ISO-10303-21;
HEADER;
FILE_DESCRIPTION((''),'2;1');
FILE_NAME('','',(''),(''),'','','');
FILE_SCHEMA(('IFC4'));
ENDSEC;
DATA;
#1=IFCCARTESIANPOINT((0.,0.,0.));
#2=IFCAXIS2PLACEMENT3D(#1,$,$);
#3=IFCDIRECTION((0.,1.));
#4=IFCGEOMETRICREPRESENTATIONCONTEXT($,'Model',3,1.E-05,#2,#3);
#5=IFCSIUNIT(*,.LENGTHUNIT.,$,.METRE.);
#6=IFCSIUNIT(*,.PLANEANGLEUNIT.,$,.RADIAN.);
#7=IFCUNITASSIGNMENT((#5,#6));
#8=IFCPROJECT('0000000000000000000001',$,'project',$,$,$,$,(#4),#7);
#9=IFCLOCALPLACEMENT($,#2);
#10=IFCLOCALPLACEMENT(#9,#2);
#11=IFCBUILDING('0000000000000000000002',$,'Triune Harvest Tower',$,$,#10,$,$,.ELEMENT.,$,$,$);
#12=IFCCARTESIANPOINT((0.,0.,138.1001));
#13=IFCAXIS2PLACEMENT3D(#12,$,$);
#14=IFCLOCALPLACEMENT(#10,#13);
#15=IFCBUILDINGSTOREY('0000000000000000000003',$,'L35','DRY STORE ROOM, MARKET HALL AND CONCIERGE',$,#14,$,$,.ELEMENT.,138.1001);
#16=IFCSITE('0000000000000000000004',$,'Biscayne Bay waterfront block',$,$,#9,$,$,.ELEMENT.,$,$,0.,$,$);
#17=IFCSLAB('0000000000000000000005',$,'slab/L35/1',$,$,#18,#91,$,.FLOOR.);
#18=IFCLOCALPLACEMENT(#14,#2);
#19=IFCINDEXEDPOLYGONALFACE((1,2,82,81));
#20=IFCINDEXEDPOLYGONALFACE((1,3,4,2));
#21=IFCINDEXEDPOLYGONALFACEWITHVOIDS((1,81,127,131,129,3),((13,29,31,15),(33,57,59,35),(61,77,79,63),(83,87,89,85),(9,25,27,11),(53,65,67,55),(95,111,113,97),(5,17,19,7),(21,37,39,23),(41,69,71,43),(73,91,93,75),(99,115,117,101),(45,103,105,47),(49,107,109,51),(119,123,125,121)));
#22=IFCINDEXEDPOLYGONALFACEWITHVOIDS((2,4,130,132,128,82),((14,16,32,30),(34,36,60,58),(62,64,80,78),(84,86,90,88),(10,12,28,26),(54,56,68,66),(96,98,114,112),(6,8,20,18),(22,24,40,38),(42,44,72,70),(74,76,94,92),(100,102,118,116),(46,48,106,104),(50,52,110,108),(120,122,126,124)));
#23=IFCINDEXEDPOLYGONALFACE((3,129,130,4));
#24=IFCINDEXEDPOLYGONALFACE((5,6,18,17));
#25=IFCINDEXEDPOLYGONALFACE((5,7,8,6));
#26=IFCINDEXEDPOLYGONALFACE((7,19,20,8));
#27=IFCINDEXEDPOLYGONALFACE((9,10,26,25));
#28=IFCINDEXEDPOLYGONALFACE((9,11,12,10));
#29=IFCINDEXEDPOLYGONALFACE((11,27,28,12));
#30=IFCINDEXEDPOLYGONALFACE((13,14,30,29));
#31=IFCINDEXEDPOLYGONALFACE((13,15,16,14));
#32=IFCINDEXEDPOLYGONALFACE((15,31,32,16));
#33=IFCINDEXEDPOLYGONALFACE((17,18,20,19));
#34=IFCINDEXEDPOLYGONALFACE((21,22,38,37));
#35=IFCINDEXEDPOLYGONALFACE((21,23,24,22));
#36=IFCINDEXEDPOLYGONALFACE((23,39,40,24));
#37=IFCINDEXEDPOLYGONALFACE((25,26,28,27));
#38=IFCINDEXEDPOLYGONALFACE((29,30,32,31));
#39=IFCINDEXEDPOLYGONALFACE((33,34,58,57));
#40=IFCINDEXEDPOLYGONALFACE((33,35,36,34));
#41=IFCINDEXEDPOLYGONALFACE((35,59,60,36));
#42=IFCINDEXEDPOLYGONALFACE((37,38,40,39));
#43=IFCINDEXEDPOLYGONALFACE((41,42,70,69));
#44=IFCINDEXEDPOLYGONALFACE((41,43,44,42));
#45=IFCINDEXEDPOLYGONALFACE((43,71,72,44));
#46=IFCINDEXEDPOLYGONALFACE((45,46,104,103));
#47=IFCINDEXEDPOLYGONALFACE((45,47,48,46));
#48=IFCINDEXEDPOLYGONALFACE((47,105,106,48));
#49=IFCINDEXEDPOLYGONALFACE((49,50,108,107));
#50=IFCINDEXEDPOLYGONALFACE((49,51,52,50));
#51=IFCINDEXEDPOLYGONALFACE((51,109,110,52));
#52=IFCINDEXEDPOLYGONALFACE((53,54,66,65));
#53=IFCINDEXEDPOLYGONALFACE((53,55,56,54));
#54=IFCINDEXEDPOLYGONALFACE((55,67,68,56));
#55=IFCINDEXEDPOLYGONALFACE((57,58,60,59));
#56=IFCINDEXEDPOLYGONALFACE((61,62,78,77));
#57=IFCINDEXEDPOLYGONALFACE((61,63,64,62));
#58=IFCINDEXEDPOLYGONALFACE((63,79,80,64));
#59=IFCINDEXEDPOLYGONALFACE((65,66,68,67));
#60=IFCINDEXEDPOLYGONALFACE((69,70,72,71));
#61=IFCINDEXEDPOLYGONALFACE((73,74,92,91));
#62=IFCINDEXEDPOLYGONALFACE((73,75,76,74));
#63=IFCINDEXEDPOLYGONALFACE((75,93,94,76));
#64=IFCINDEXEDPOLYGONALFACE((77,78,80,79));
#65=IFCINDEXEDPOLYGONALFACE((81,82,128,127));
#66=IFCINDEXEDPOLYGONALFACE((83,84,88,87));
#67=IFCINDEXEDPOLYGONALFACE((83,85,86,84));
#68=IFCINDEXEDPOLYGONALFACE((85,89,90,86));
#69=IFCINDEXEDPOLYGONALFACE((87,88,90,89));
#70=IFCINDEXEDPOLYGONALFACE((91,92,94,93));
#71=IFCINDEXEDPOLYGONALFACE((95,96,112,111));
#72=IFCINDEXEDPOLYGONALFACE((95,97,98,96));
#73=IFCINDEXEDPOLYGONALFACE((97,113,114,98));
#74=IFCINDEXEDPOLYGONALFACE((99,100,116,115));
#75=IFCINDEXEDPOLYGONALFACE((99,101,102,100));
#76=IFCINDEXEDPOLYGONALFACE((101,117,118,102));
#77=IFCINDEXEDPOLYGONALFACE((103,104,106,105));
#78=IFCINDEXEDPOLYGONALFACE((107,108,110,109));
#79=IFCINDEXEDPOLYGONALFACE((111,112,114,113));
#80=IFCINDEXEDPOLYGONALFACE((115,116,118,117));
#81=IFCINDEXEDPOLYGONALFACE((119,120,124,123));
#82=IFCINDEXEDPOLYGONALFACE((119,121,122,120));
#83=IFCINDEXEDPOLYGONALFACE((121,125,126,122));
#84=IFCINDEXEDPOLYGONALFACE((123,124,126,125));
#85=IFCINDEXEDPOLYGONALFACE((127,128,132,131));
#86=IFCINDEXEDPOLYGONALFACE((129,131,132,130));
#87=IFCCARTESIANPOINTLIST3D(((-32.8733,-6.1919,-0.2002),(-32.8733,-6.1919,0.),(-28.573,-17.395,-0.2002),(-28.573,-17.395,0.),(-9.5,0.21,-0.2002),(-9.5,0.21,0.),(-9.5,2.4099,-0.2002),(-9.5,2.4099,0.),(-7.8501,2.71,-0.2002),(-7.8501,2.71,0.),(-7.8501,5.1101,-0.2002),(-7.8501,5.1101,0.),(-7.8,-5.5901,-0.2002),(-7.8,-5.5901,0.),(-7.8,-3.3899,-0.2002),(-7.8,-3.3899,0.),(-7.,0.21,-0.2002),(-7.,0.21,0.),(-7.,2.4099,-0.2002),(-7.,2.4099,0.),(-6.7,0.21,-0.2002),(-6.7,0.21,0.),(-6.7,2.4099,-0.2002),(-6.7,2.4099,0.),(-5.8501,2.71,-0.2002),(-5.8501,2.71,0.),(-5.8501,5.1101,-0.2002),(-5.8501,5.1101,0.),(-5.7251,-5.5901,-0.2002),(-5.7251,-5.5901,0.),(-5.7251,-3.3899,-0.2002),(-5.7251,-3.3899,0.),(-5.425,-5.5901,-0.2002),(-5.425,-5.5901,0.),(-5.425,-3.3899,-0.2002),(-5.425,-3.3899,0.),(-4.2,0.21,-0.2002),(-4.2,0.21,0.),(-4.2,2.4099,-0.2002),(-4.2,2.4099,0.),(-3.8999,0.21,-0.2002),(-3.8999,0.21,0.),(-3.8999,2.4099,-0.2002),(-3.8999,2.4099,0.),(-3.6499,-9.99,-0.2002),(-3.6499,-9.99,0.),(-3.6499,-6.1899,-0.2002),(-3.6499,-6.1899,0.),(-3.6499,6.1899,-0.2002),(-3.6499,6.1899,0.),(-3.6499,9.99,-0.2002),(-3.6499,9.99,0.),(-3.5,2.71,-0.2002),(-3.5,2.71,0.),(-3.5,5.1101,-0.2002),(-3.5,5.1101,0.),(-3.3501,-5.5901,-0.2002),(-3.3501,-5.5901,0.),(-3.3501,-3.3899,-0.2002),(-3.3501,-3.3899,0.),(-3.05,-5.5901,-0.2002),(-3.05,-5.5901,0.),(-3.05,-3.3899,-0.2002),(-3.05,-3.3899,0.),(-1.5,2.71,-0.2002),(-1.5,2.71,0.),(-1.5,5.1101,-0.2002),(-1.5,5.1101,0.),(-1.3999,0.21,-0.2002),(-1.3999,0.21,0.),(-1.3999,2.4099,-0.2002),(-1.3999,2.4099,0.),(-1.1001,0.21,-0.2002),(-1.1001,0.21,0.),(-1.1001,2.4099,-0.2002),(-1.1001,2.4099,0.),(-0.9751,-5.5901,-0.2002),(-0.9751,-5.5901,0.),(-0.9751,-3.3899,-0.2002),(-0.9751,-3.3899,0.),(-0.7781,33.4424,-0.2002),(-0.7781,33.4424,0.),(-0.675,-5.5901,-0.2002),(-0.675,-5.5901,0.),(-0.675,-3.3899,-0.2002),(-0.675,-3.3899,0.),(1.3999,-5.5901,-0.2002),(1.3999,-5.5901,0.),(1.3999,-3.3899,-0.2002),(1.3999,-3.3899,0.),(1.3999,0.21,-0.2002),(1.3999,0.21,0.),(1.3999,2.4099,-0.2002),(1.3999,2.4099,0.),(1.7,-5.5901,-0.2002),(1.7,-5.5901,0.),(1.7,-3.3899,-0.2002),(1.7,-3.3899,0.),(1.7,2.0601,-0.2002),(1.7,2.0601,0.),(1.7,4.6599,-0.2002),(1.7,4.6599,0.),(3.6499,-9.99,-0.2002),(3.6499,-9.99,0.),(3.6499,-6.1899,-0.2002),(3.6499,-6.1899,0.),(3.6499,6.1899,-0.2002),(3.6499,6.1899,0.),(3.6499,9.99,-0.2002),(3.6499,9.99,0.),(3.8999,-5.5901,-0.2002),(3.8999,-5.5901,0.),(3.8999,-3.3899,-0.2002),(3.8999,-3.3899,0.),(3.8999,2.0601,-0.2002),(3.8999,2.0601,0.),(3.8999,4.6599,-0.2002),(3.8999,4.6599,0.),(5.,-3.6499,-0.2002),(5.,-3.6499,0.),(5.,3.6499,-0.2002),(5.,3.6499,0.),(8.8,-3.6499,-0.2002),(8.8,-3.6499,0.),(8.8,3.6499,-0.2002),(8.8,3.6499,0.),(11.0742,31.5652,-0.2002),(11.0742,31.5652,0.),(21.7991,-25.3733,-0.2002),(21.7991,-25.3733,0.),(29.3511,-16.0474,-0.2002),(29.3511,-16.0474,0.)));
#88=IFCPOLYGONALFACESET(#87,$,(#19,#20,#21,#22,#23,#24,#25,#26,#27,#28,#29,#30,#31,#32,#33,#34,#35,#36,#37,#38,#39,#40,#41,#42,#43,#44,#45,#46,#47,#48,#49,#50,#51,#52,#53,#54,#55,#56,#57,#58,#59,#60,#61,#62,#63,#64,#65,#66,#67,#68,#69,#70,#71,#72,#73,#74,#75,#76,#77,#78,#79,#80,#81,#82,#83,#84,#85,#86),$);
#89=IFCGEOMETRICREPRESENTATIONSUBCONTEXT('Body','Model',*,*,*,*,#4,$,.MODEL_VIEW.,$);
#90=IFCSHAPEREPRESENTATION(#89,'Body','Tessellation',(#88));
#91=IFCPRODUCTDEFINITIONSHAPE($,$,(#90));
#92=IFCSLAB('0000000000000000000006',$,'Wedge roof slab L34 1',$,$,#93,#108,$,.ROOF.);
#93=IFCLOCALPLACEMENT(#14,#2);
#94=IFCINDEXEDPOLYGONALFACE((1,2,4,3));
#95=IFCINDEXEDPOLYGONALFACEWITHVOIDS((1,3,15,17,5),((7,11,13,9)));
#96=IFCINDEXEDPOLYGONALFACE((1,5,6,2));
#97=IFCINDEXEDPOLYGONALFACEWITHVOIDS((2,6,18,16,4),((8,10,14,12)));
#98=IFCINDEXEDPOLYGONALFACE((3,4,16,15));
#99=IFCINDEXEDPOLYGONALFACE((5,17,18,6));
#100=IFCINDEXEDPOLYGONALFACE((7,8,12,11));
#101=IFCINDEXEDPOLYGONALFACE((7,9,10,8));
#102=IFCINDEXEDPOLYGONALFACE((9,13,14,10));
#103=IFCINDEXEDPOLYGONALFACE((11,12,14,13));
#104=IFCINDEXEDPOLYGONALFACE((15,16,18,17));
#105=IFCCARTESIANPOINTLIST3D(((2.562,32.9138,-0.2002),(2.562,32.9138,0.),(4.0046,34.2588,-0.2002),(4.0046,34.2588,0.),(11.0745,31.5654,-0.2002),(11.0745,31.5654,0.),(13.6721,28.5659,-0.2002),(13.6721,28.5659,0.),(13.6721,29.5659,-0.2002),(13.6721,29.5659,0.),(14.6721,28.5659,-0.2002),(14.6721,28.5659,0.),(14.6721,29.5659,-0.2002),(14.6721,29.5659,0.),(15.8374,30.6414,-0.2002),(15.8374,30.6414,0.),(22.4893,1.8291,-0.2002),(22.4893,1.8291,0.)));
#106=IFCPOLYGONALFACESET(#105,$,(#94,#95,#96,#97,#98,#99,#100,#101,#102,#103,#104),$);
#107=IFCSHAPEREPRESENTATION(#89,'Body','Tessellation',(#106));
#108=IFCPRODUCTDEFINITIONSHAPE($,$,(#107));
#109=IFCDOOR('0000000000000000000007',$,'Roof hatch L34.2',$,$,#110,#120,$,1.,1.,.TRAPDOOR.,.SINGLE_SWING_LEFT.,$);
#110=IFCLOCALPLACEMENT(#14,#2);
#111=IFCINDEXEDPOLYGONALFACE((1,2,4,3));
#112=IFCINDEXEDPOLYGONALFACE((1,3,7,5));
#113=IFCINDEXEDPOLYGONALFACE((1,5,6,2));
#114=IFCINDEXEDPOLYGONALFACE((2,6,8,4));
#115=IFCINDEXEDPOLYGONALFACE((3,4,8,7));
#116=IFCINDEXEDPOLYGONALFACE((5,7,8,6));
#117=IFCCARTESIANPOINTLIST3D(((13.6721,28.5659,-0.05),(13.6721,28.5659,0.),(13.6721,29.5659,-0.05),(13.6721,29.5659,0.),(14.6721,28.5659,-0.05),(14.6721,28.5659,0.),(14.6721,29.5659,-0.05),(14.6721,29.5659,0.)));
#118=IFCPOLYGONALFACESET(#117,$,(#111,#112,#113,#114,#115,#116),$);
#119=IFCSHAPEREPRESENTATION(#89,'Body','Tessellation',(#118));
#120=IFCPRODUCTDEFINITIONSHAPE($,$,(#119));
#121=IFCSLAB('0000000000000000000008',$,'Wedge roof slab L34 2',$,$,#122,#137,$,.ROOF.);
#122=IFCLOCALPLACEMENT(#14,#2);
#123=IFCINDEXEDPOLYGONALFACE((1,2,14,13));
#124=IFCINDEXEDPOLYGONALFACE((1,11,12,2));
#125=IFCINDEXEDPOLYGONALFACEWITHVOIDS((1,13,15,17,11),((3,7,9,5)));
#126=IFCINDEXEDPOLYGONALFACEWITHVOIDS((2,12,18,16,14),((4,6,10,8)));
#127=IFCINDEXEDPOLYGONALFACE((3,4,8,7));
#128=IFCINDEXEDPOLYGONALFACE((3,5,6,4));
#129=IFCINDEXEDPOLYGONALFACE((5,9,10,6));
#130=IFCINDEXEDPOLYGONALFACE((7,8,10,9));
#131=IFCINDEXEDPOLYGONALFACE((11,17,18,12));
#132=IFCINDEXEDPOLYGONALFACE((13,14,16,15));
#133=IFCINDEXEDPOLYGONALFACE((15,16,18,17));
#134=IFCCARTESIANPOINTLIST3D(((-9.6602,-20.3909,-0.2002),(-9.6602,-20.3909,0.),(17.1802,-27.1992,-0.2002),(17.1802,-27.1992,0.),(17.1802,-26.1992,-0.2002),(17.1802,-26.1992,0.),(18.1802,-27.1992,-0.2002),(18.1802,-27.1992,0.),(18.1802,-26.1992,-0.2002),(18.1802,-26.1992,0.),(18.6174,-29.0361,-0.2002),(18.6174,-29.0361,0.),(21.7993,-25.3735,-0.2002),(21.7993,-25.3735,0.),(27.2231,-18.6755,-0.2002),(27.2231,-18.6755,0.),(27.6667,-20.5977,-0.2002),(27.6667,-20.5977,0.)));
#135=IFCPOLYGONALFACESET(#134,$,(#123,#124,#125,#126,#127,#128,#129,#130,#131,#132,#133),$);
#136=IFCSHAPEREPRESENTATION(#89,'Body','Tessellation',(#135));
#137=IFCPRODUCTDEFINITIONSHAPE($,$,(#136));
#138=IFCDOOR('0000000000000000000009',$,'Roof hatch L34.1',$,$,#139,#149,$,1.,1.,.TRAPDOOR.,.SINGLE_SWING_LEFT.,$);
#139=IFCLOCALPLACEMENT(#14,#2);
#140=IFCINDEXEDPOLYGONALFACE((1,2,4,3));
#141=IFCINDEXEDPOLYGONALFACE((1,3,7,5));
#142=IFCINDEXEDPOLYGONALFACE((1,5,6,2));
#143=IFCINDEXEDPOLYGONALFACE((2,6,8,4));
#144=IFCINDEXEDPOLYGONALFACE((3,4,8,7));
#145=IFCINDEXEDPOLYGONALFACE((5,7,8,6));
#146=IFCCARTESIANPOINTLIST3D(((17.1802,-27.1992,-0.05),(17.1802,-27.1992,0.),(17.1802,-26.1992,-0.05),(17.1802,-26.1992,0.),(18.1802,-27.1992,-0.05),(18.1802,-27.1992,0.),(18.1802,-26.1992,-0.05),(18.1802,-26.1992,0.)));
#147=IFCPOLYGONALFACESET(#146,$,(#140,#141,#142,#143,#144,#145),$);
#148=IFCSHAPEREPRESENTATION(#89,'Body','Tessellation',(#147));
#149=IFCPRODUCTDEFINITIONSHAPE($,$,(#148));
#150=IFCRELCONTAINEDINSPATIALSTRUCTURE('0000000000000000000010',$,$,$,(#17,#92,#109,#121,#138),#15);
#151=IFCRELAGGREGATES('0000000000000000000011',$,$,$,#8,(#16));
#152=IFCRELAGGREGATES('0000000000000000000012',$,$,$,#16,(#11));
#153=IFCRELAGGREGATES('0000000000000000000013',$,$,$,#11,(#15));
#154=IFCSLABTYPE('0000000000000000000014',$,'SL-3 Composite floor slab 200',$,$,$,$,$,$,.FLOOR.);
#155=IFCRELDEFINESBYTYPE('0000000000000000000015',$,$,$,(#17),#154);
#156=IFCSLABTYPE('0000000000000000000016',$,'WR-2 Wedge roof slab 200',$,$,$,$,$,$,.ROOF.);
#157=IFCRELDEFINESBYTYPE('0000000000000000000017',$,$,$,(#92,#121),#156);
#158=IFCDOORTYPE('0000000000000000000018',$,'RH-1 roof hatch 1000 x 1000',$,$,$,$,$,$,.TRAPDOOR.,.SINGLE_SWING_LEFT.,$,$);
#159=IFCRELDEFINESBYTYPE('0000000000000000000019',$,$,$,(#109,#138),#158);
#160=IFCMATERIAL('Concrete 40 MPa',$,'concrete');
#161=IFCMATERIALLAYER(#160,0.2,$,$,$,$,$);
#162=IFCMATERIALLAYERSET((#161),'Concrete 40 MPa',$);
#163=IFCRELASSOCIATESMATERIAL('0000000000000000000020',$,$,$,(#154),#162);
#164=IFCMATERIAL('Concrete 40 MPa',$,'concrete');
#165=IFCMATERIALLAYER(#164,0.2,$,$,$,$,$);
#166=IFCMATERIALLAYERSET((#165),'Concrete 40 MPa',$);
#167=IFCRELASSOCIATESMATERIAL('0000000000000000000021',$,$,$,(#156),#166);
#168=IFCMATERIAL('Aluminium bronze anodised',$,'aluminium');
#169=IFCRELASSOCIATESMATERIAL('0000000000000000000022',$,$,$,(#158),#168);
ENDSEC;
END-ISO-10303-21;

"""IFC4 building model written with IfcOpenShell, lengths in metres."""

from ifc_helpers import new_model, si_unit, direction, frame, origin, origin_2d, place, context, subcontext, project, spatial, polyline, rectangle, outline, extrude, material, layer, layer_set, type_object, element, fill, save


model = new_model("IFC4")

# Units and contexts
model_context = context("Model", 3, precision=1e-05, world=origin(), true_north=direction((0.0, 1.0)))
body_context = subcontext(model_context, "Body", "Model", "MODEL_VIEW")
ifc_project = project(units=[si_unit("LENGTHUNIT", "METRE"), si_unit("PLANEANGLEUNIT", "RADIAN")], contexts=[model_context])

# Site, building, storey
site_placement = place(None, origin())
site = spatial("IfcSite", under=ifc_project, at=site_placement, Name="Biscayne Bay waterfront block", CompositionType="ELEMENT", RefElevation=0.0)
building_placement = place(site_placement, origin())
building = spatial("IfcBuilding", under=site, at=building_placement, Name="Triune Harvest Tower", CompositionType="ELEMENT")
storey_placement = place(building_placement, frame((0.0, 0.0, 138.1001)))
storey = spatial("IfcBuildingStorey", under=building, at=storey_placement, Name="L35", Description="DRY STORE ROOM, MARKET HALL AND CONCIERGE", CompositionType="ELEMENT", Elevation=138.1001)

# Slab
ifc_material_1 = material(Name="Concrete 40 MPa", Category="concrete")
ifc_layer_1 = layer(ifc_material_1, 0.2)
ifc_layer_set_1 = layer_set([ifc_layer_1], Name="Concrete 40 MPa")
slab_type_1 = type_object("IfcSlabType", Name="SL-3 Composite floor slab 200", PredefinedType="FLOOR", material=ifc_layer_set_1)
slab_1_placement = place(storey_placement, frame((0.0, 0.0, -0.2002)))
element("IfcSlab", 1, at=slab_1_placement, inside=storey, type_object=slab_type_1, Name="slab/L35/1", PredefinedType="FLOOR", context=body_context, shape_type="SweptSolid", body=[
    extrude(outline(polyline([(29.3511, -16.0474), (11.0742, 31.5652), (-0.7781, 33.4424), (-32.8733, -6.1919), (-28.573, -17.395), (21.7991, -25.3733), (29.3511, -16.0474)]), holes=[polyline([(-7.0, 0.21), (-7.0, 2.4099), (-9.5, 2.4099), (-9.5, 0.21), (-7.0, 0.21)]), polyline([(-4.2, 0.21), (-4.2, 2.4099), (-6.7, 2.4099), (-6.7, 0.21), (-4.2, 0.21)]), polyline([(-1.3999, 0.21), (-1.3999, 2.4099), (-3.8999, 2.4099), (-3.8999, 0.21), (-1.3999, 0.21)]), polyline([(1.3999, 0.21), (1.3999, 2.4099), (-1.1001, 2.4099), (-1.1001, 0.21), (1.3999, 0.21)]), polyline([(-5.7251, -5.5901), (-5.7251, -3.3899), (-7.8, -3.3899), (-7.8, -5.5901), (-5.7251, -5.5901)]), polyline([(-3.3501, -5.5901), (-3.3501, -3.3899), (-5.425, -3.3899), (-5.425, -5.5901), (-3.3501, -5.5901)]), polyline([(-0.9751, -5.5901), (-0.9751, -3.3899), (-3.05, -3.3899), (-3.05, -5.5901), (-0.9751, -5.5901)]), polyline([(1.3999, -5.5901), (1.3999, -3.3899), (-0.675, -3.3899), (-0.675, -5.5901), (1.3999, -5.5901)]), polyline([(3.8999, 2.0601), (3.8999, 4.6599), (1.7, 4.6599), (1.7, 2.0601), (3.8999, 2.0601)]), polyline([(3.8999, -5.5901), (3.8999, -3.3899), (1.7, -3.3899), (1.7, -5.5901), (3.8999, -5.5901)]), polyline([(-5.8501, 2.71), (-5.8501, 5.1101), (-7.8501, 5.1101), (-7.8501, 2.71), (-5.8501, 2.71)]), polyline([(-1.5, 2.71), (-1.5, 5.1101), (-3.5, 5.1101), (-3.5, 2.71), (-1.5, 2.71)]), polyline([(3.6499, 6.1899), (3.6499, 9.99), (-3.6499, 9.99), (-3.6499, 6.1899), (3.6499, 6.1899)]), polyline([(3.6499, -9.99), (3.6499, -6.1899), (-3.6499, -6.1899), (-3.6499, -9.99), (3.6499, -9.99)]), polyline([(8.8, -3.6499), (8.8, 3.6499), (5.0, 3.6499), (5.0, -3.6499), (8.8, -3.6499)])]), origin(), (0.0, 0.0, 1.0), 0.2002),
])

# Slabs, openings, doors
ifc_material_2 = material(Name="Concrete 40 MPa", Category="concrete")
ifc_layer_2 = layer(ifc_material_2, 0.2)
ifc_layer_set_2 = layer_set([ifc_layer_2], Name="Concrete 40 MPa")
slab_type_2 = type_object("IfcSlabType", Name="WR-2 Wedge roof slab 200", PredefinedType="ROOF", material=ifc_layer_set_2)
slab_2_placement = place(storey_placement, frame((0.0, 0.0, -0.2002)))
slab_2 = element("IfcSlab", 2, at=slab_2_placement, inside=storey, type_object=slab_type_2, Name="Wedge roof slab L34 1", PredefinedType="ROOF", context=body_context, shape_type="SweptSolid", body=[
    extrude(outline(polyline([(4.0046, 34.2588), (2.562, 32.9138), (11.0745, 31.5654), (22.4893, 1.8291), (15.8374, 30.6414), (4.0046, 34.2588)])), origin(), (0.0, 0.0, 1.0), 0.2002),
])
opening_1_placement = place(slab_2_placement, frame((14.1721, 29.0659, 0.0)))
opening_1 = element("IfcOpeningElement", 3, at=opening_1_placement, cuts=slab_2, PredefinedType="OPENING", context=body_context, shape_type="SweptSolid", body=[
    extrude(rectangle(XDim=1.0, YDim=1.0, at=origin_2d()), origin(), (0.0, 0.0, 1.0), 0.2002),
])
ifc_material_3 = material(Name="Aluminium bronze anodised", Category="aluminium")
door_type_1 = type_object("IfcDoorType", Name="RH-1 roof hatch 1000 x 1000", OperationType="SINGLE_SWING_LEFT", PredefinedType="TRAPDOOR", material=ifc_material_3)
door_1_placement = place(opening_1_placement, frame((0.0, 0.0, 0.1501)))
door_1 = element("IfcDoor", 4, at=door_1_placement, inside=storey, type_object=door_type_1, Name="Roof hatch L34.2", OperationType="SINGLE_SWING_LEFT", OverallHeight=1.0, OverallWidth=1.0, PredefinedType="TRAPDOOR", context=body_context, shape_type="SweptSolid", body=[
    extrude(rectangle(XDim=1.0, YDim=1.0, at=origin_2d()), origin(), (0.0, 0.0, 1.0), 0.05),
])
fill(opening_1, door_1)
slab_3_placement = place(storey_placement, frame((0.0, 0.0, -0.2002)))
slab_3 = element("IfcSlab", 5, at=slab_3_placement, inside=storey, type_object=slab_type_2, Name="Wedge roof slab L34 2", PredefinedType="ROOF", context=body_context, shape_type="SweptSolid", body=[
    extrude(outline(polyline([(27.6667, -20.5977), (27.2231, -18.6755), (21.7993, -25.3735), (-9.6602, -20.3909), (18.6174, -29.0361), (27.6667, -20.5977)])), origin(), (0.0, 0.0, 1.0), 0.2002),
])
opening_2_placement = place(slab_3_placement, frame((17.6802, -26.6992, 0.0)))
opening_2 = element("IfcOpeningElement", 6, at=opening_2_placement, cuts=slab_3, PredefinedType="OPENING", context=body_context, shape_type="SweptSolid", body=[
    extrude(rectangle(XDim=1.0, YDim=1.0, at=origin_2d()), origin(), (0.0, 0.0, 1.0), 0.2002),
])
door_2_placement = place(opening_2_placement, frame((0.0, 0.0, 0.1501)))
door_2 = element("IfcDoor", 7, at=door_2_placement, inside=storey, type_object=door_type_1, Name="Roof hatch L34.1", OperationType="SINGLE_SWING_LEFT", OverallHeight=1.0, OverallWidth=1.0, PredefinedType="TRAPDOOR", context=body_context, shape_type="SweptSolid", body=[
    extrude(rectangle(XDim=1.0, YDim=1.0, at=origin_2d()), origin(), (0.0, 0.0, 1.0), 0.05),
])
fill(opening_2, door_2)

save(model, "model.ifc")
